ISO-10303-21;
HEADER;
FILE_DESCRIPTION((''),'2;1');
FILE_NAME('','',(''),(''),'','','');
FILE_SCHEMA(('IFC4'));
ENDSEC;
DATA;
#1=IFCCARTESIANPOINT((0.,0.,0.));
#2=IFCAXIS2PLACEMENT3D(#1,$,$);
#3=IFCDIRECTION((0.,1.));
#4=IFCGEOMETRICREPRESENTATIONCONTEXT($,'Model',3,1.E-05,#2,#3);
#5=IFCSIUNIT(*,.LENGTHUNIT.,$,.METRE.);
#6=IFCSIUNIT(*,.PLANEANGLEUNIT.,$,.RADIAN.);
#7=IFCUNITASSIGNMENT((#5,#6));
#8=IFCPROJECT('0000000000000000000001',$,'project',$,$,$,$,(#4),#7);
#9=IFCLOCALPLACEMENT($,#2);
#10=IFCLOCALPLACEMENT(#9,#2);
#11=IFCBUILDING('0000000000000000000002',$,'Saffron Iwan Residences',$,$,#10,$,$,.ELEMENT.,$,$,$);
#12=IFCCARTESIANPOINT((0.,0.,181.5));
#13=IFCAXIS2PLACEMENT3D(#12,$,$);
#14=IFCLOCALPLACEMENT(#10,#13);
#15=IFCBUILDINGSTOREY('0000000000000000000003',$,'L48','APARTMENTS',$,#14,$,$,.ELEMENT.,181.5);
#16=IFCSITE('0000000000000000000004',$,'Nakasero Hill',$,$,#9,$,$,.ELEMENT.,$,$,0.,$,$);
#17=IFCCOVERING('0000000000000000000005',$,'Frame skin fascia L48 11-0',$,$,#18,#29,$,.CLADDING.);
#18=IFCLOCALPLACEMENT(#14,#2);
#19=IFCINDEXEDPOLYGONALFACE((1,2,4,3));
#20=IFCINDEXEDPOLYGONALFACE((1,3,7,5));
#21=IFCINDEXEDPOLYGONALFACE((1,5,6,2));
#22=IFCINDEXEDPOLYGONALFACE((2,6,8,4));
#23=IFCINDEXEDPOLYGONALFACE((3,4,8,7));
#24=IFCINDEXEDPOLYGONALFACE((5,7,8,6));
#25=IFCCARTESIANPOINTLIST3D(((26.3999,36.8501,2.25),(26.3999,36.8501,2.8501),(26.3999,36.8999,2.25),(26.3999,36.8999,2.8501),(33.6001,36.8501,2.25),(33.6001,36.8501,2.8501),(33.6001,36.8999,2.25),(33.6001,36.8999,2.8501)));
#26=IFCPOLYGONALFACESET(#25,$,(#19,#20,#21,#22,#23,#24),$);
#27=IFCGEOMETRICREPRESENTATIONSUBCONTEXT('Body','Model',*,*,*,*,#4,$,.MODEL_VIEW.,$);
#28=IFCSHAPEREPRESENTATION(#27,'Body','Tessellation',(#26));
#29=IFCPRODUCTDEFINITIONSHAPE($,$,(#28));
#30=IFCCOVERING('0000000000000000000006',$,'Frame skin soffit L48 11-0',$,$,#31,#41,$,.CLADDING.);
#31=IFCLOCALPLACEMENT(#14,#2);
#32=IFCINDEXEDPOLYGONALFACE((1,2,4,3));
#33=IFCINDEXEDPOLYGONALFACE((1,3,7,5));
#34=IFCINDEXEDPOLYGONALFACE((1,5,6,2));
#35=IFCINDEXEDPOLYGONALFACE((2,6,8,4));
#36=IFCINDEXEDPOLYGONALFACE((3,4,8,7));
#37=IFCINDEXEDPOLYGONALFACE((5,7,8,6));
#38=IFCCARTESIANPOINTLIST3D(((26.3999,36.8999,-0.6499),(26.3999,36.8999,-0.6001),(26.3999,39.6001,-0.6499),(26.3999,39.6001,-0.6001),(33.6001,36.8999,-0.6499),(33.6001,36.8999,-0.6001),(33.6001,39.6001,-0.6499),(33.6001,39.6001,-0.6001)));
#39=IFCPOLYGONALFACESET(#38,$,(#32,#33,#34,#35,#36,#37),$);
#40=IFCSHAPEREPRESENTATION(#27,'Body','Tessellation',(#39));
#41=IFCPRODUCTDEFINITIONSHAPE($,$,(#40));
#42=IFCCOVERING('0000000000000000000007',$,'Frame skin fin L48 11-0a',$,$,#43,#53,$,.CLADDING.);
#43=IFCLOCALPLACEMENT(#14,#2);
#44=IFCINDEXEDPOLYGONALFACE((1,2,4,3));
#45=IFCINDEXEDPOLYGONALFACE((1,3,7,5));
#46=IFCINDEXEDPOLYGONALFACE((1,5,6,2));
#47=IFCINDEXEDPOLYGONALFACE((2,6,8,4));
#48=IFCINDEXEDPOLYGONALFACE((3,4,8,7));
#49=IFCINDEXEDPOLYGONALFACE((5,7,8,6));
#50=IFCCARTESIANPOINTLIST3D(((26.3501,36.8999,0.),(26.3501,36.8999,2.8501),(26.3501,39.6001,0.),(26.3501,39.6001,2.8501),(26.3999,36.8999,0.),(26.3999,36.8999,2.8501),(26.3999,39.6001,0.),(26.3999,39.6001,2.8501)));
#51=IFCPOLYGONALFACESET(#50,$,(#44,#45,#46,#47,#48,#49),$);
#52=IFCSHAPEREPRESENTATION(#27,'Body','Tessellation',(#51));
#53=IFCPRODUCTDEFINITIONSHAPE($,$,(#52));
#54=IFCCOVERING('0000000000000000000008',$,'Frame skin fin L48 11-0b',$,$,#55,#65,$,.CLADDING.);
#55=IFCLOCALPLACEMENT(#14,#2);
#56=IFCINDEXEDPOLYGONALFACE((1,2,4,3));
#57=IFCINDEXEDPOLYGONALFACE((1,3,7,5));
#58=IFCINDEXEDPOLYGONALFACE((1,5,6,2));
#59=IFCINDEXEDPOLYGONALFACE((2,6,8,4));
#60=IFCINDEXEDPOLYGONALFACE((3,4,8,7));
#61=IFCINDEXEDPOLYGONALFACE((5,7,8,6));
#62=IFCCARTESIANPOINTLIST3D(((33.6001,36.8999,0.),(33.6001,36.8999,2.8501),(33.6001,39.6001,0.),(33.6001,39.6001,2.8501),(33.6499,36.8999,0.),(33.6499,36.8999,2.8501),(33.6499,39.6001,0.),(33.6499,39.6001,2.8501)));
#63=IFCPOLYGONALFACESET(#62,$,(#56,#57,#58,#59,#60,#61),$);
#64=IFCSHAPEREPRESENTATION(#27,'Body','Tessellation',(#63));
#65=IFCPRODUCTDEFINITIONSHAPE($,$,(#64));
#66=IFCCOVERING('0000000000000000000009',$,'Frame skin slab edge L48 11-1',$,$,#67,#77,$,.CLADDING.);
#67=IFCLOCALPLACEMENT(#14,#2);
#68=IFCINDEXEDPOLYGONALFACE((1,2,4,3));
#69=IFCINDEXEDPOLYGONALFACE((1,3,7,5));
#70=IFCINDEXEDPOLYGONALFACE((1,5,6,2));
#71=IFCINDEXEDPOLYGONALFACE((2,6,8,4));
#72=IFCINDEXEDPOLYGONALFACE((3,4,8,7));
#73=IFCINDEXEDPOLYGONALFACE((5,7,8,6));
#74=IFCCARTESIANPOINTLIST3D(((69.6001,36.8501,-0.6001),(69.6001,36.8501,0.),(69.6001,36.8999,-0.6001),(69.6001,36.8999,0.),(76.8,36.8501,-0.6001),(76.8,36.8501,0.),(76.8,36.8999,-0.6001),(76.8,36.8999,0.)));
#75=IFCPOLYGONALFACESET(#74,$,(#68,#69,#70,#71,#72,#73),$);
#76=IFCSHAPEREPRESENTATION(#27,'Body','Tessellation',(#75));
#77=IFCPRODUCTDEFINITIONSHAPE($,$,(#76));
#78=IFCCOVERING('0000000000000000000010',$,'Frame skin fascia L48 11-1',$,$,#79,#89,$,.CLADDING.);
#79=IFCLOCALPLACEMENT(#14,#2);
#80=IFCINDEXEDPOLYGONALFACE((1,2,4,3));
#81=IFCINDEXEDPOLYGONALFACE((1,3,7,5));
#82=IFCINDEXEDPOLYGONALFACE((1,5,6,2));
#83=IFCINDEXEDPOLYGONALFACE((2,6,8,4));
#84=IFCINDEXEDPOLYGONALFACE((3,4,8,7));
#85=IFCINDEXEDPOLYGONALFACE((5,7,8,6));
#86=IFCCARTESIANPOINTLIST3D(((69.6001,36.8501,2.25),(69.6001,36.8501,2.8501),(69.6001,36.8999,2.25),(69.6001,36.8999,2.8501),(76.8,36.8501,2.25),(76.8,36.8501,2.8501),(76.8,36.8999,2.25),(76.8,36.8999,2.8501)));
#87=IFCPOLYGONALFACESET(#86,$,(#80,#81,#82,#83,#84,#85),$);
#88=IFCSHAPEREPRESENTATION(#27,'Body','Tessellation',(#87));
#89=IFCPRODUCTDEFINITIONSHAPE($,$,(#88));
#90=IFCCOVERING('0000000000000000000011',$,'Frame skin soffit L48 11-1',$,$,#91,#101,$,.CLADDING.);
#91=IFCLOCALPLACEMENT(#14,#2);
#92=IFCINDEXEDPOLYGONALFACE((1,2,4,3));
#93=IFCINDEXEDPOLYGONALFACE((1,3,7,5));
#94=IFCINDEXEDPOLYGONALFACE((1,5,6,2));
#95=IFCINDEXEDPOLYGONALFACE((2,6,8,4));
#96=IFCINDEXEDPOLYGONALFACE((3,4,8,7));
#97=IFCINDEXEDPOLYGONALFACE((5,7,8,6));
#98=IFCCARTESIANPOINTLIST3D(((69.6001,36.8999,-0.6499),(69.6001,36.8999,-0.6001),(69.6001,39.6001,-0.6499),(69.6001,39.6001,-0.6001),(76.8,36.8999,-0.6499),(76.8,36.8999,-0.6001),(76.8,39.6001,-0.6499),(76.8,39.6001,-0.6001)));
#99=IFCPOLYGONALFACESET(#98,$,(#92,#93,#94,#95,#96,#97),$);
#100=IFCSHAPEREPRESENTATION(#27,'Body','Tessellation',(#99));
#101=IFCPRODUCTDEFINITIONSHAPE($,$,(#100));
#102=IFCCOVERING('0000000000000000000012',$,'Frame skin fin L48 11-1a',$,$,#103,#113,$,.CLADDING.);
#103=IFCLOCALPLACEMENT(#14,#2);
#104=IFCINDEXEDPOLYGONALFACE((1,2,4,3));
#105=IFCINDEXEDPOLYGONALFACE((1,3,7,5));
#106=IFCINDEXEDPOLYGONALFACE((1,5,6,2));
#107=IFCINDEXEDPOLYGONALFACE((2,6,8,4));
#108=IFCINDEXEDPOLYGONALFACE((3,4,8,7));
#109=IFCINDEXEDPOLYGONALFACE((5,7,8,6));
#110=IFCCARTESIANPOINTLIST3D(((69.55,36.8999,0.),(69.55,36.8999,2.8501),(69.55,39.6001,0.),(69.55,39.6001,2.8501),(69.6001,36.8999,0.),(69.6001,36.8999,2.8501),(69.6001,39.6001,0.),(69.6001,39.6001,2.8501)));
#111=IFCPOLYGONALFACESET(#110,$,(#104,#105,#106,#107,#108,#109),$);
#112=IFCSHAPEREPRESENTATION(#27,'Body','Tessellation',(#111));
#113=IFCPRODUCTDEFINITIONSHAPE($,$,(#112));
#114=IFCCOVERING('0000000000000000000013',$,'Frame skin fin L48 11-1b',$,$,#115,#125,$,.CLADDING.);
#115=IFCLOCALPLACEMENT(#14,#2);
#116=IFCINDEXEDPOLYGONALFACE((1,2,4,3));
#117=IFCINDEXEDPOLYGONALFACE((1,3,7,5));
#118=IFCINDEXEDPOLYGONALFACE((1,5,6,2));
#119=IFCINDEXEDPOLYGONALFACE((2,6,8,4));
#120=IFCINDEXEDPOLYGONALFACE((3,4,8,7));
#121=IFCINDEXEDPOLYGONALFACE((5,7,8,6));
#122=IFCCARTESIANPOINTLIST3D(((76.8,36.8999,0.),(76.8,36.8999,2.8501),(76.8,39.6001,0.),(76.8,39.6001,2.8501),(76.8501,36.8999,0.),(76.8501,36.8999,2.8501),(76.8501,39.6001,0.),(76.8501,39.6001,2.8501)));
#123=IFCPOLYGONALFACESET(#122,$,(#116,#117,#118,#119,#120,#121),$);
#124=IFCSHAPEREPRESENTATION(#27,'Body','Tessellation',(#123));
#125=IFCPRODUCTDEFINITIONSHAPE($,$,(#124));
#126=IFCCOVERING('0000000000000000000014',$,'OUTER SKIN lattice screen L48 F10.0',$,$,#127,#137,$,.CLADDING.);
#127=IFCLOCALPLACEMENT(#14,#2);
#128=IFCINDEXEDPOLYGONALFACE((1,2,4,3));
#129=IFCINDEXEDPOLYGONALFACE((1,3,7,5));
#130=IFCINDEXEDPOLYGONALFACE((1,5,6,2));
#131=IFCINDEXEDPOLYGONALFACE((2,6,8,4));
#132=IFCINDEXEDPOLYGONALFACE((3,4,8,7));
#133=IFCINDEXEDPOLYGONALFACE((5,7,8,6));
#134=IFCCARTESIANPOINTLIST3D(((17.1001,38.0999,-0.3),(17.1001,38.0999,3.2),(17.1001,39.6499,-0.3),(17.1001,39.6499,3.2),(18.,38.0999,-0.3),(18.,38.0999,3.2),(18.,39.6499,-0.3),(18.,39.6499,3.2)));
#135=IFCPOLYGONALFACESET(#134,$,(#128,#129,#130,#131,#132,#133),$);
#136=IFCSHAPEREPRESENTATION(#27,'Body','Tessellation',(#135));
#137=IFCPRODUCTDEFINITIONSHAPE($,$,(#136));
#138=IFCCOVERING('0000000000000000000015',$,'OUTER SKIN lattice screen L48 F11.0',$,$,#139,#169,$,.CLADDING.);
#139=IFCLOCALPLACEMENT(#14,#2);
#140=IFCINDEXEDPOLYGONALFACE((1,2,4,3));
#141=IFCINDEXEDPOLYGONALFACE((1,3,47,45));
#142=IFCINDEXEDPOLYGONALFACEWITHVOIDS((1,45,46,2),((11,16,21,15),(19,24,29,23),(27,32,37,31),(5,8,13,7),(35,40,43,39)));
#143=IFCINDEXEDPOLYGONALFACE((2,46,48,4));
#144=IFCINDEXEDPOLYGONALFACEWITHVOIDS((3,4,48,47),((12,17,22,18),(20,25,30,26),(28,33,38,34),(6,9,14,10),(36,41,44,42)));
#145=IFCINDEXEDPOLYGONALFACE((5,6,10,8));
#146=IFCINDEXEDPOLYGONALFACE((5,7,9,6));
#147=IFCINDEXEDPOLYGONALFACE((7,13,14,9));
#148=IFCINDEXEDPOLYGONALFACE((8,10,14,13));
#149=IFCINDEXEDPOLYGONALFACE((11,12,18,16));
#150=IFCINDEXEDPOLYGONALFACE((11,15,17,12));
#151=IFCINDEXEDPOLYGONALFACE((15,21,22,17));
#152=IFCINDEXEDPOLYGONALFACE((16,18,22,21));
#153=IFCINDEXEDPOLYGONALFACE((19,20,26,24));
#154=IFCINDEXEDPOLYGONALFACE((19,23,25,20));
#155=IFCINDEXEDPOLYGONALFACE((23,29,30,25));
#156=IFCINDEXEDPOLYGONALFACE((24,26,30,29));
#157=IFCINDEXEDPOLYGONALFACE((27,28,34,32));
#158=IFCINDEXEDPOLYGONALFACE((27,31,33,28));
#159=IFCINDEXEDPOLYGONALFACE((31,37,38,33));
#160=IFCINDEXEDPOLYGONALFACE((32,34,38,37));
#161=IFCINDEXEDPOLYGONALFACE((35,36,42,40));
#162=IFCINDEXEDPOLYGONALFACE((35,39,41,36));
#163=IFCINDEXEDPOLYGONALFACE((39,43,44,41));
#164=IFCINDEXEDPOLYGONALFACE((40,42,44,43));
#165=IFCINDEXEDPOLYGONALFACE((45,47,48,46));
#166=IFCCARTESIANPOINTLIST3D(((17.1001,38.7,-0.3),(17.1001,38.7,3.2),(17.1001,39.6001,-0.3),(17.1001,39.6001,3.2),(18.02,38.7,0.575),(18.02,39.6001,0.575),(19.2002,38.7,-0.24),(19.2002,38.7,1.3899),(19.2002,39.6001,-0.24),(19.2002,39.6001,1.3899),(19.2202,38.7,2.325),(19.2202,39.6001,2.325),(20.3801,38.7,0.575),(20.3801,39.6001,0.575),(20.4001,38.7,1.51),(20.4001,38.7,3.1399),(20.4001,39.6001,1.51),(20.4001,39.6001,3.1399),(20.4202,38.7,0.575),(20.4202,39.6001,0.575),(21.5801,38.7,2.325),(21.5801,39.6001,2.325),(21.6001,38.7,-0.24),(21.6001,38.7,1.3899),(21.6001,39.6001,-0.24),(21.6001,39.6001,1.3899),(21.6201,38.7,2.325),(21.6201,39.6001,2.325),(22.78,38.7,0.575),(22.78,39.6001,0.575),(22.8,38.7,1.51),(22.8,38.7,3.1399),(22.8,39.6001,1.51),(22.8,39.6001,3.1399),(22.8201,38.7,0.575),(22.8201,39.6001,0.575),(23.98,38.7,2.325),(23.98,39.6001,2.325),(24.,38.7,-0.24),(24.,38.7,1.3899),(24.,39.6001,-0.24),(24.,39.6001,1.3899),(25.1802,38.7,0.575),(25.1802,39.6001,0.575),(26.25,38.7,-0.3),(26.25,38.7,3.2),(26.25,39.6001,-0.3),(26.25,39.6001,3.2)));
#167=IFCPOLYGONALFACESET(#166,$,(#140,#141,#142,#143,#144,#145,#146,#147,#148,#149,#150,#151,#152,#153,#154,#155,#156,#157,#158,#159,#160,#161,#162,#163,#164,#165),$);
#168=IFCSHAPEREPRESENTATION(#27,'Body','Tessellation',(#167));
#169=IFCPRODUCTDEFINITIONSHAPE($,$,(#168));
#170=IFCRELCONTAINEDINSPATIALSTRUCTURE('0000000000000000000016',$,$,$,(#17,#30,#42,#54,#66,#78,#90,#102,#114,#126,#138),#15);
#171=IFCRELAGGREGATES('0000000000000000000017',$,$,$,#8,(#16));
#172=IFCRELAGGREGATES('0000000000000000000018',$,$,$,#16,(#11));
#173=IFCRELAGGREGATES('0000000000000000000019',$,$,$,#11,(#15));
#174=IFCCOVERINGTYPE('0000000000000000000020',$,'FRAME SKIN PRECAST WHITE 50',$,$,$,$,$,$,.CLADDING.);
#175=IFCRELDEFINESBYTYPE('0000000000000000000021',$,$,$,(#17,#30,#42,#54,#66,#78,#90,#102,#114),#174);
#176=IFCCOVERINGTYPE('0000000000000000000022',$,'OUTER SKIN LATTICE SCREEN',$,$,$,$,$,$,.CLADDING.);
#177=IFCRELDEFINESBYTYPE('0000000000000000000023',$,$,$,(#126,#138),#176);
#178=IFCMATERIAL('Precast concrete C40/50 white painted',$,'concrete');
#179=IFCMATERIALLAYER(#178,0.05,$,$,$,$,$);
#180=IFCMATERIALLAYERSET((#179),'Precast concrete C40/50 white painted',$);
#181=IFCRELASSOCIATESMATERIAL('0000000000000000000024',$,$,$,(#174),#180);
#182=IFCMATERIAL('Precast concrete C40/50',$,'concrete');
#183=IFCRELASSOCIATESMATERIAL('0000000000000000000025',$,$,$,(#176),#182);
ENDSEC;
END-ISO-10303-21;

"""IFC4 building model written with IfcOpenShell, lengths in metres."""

from ifc_helpers import new_model, si_unit, direction, frame, origin, place, context, subcontext, project, spatial, polyline, outline, extrude, material, layer, layer_set, type_object, element, save


model = new_model("IFC4")

# Units and contexts
model_context = context("Model", 3, precision=1e-05, world=origin(), true_north=direction((0.0, 1.0)))
body_context = subcontext(model_context, "Body", "Model", "MODEL_VIEW")
ifc_project = project(units=[si_unit("LENGTHUNIT", "METRE"), si_unit("PLANEANGLEUNIT", "RADIAN")], contexts=[model_context])

# Site, building, storey
site_placement = place(None, origin())
site = spatial("IfcSite", under=ifc_project, at=site_placement, Name="Nakasero Hill", CompositionType="ELEMENT", RefElevation=0.0)
building_placement = place(site_placement, origin())
building = spatial("IfcBuilding", under=site, at=building_placement, Name="Saffron Iwan Residences", CompositionType="ELEMENT")
storey_placement = place(building_placement, frame((0.0, 0.0, 181.5)))
storey = spatial("IfcBuildingStorey", under=building, at=storey_placement, Name="L48", Description="APARTMENTS", CompositionType="ELEMENT", Elevation=181.5)

# Coverings
ifc_material_1 = material(Name="Precast concrete C40/50 white painted", Category="concrete")
ifc_layer_1 = layer(ifc_material_1, 0.05)
ifc_layer_set_1 = layer_set([ifc_layer_1], Name="Precast concrete C40/50 white painted")
covering_type_1 = type_object("IfcCoveringType", Name="FRAME SKIN PRECAST WHITE 50", PredefinedType="CLADDING", material=ifc_layer_set_1)
for number, where, name in (
    (1, (0.0, 0.0, 2.25), "Frame skin fascia L48 11-0"),
):
    element("IfcCovering", number, at=place(storey_placement, frame(where)), inside=storey, type_object=covering_type_1, Name=name, PredefinedType="CLADDING", context=body_context, shape_type="SweptSolid", body=[
        extrude(outline(polyline([(26.3999, 36.8501), (33.6001, 36.8501), (33.6001, 36.8999), (26.3999, 36.8999), (26.3999, 36.8501)])), origin(), (0.0, 0.0, 1.0), 0.6001),
    ])
covering_1_placement = place(storey_placement, frame((0.0, 0.0, -0.6499)))
element("IfcCovering", 2, at=covering_1_placement, inside=storey, type_object=covering_type_1, Name="Frame skin soffit L48 11-0", PredefinedType="CLADDING", context=body_context, shape_type="SweptSolid", body=[
    extrude(outline(polyline([(26.3999, 36.8999), (33.6001, 36.8999), (33.6001, 39.6001), (26.3999, 39.6001), (26.3999, 36.8999)])), origin(), (0.0, 0.0, 1.0), 0.0498),
])
covering_2_placement = place(storey_placement, origin())
element("IfcCovering", 3, at=covering_2_placement, inside=storey, type_object=covering_type_1, Name="Frame skin fin L48 11-0a", PredefinedType="CLADDING", context=body_context, shape_type="SweptSolid", body=[
    extrude(outline(polyline([(26.3501, 36.8999), (26.3999, 36.8999), (26.3999, 39.6001), (26.3501, 39.6001), (26.3501, 36.8999)])), origin(), (0.0, 0.0, 1.0), 2.8501),
])
covering_3_placement = place(storey_placement, origin())
element("IfcCovering", 4, at=covering_3_placement, inside=storey, type_object=covering_type_1, Name="Frame skin fin L48 11-0b", PredefinedType="CLADDING", context=body_context, shape_type="SweptSolid", body=[
    extrude(outline(polyline([(33.6001, 36.8999), (33.6499, 36.8999), (33.6499, 39.6001), (33.6001, 39.6001), (33.6001, 36.8999)])), origin(), (0.0, 0.0, 1.0), 2.8501),
])
for number, where, name in (
    (5, (0.0, 0.0, -0.6001), "Frame skin slab edge L48 11-1"),
    (6, (0.0, 0.0, 2.25), "Frame skin fascia L48 11-1"),
):
    element("IfcCovering", number, at=place(storey_placement, frame(where)), inside=storey, type_object=covering_type_1, Name=name, PredefinedType="CLADDING", context=body_context, shape_type="SweptSolid", body=[
        extrude(outline(polyline([(69.6001, 36.8501), (76.8, 36.8501), (76.8, 36.8999), (69.6001, 36.8999), (69.6001, 36.8501)])), origin(), (0.0, 0.0, 1.0), 0.6001),
    ])
covering_4_placement = place(storey_placement, frame((0.0, 0.0, -0.6499)))
element("IfcCovering", 7, at=covering_4_placement, inside=storey, type_object=covering_type_1, Name="Frame skin soffit L48 11-1", PredefinedType="CLADDING", context=body_context, shape_type="SweptSolid", body=[
    extrude(outline(polyline([(69.6001, 36.8999), (76.8, 36.8999), (76.8, 39.6001), (69.6001, 39.6001), (69.6001, 36.8999)])), origin(), (0.0, 0.0, 1.0), 0.0498),
])
covering_5_placement = place(storey_placement, origin())
element("IfcCovering", 8, at=covering_5_placement, inside=storey, type_object=covering_type_1, Name="Frame skin fin L48 11-1a", PredefinedType="CLADDING", context=body_context, shape_type="SweptSolid", body=[
    extrude(outline(polyline([(69.55, 36.8999), (69.6001, 36.8999), (69.6001, 39.6001), (69.55, 39.6001), (69.55, 36.8999)])), origin(), (0.0, 0.0, 1.0), 2.8501),
])
covering_6_placement = place(storey_placement, origin())
element("IfcCovering", 9, at=covering_6_placement, inside=storey, type_object=covering_type_1, Name="Frame skin fin L48 11-1b", PredefinedType="CLADDING", context=body_context, shape_type="SweptSolid", body=[
    extrude(outline(polyline([(76.8, 36.8999), (76.8501, 36.8999), (76.8501, 39.6001), (76.8, 39.6001), (76.8, 36.8999)])), origin(), (0.0, 0.0, 1.0), 2.8501),
])
ifc_material_2 = material(Name="Precast concrete C40/50", Category="concrete")
covering_type_2 = type_object("IfcCoveringType", Name="OUTER SKIN LATTICE SCREEN", PredefinedType="CLADDING", material=ifc_material_2)
covering_7_placement = place(storey_placement, frame((18.0, 39.6499, -0.3), z_axis=(-1.0, 0.0, 0.0), x_axis=(0.0, -1.0, 0.0)))
element("IfcCovering", 10, at=covering_7_placement, inside=storey, type_object=covering_type_2, Name="OUTER SKIN lattice screen L48 F10.0", PredefinedType="CLADDING", context=body_context, shape_type="SweptSolid", body=[
    extrude(outline(polyline([(0.0, 0.0), (1.55, 0.0), (1.55, 3.5), (0.0, 3.5), (0.0, 0.0)])), origin(), (0.0, 0.0, 1.0), 0.8999),
])
covering_8_placement = place(storey_placement, frame((17.1001, 39.6001, -0.3), z_axis=(0.0, -1.0, 0.0), x_axis=(1.0, 0.0, 0.0)))
element("IfcCovering", 11, at=covering_8_placement, inside=storey, type_object=covering_type_2, Name="OUTER SKIN lattice screen L48 F11.0", PredefinedType="CLADDING", context=body_context, shape_type="SweptSolid", body=[
    extrude(outline(polyline([(0.0, 0.0), (9.1499, 0.0), (9.1499, 3.5), (0.0, 3.5), (0.0, 0.0)]), holes=[polyline([(0.9199, 0.875), (2.1001, 0.0601), (3.28, 0.875), (2.1001, 1.6899), (0.9199, 0.875)]), polyline([(3.3201, 0.875), (4.5, 0.0601), (5.6799, 0.875), (4.5, 1.6899), (3.3201, 0.875)]), polyline([(5.72, 0.875), (6.8999, 0.0601), (8.0801, 0.875), (6.8999, 1.6899), (5.72, 0.875)]), polyline([(2.1201, 2.625), (3.3, 1.8101), (4.48, 2.625), (3.3, 3.4399), (2.1201, 2.625)]), polyline([(4.52, 2.625), (5.7, 1.8101), (6.8799, 2.625), (5.7, 3.4399), (4.52, 2.625)])]), origin(), (0.0, 0.0, 1.0), 0.9001),
])

save(model, "model.ifc")
